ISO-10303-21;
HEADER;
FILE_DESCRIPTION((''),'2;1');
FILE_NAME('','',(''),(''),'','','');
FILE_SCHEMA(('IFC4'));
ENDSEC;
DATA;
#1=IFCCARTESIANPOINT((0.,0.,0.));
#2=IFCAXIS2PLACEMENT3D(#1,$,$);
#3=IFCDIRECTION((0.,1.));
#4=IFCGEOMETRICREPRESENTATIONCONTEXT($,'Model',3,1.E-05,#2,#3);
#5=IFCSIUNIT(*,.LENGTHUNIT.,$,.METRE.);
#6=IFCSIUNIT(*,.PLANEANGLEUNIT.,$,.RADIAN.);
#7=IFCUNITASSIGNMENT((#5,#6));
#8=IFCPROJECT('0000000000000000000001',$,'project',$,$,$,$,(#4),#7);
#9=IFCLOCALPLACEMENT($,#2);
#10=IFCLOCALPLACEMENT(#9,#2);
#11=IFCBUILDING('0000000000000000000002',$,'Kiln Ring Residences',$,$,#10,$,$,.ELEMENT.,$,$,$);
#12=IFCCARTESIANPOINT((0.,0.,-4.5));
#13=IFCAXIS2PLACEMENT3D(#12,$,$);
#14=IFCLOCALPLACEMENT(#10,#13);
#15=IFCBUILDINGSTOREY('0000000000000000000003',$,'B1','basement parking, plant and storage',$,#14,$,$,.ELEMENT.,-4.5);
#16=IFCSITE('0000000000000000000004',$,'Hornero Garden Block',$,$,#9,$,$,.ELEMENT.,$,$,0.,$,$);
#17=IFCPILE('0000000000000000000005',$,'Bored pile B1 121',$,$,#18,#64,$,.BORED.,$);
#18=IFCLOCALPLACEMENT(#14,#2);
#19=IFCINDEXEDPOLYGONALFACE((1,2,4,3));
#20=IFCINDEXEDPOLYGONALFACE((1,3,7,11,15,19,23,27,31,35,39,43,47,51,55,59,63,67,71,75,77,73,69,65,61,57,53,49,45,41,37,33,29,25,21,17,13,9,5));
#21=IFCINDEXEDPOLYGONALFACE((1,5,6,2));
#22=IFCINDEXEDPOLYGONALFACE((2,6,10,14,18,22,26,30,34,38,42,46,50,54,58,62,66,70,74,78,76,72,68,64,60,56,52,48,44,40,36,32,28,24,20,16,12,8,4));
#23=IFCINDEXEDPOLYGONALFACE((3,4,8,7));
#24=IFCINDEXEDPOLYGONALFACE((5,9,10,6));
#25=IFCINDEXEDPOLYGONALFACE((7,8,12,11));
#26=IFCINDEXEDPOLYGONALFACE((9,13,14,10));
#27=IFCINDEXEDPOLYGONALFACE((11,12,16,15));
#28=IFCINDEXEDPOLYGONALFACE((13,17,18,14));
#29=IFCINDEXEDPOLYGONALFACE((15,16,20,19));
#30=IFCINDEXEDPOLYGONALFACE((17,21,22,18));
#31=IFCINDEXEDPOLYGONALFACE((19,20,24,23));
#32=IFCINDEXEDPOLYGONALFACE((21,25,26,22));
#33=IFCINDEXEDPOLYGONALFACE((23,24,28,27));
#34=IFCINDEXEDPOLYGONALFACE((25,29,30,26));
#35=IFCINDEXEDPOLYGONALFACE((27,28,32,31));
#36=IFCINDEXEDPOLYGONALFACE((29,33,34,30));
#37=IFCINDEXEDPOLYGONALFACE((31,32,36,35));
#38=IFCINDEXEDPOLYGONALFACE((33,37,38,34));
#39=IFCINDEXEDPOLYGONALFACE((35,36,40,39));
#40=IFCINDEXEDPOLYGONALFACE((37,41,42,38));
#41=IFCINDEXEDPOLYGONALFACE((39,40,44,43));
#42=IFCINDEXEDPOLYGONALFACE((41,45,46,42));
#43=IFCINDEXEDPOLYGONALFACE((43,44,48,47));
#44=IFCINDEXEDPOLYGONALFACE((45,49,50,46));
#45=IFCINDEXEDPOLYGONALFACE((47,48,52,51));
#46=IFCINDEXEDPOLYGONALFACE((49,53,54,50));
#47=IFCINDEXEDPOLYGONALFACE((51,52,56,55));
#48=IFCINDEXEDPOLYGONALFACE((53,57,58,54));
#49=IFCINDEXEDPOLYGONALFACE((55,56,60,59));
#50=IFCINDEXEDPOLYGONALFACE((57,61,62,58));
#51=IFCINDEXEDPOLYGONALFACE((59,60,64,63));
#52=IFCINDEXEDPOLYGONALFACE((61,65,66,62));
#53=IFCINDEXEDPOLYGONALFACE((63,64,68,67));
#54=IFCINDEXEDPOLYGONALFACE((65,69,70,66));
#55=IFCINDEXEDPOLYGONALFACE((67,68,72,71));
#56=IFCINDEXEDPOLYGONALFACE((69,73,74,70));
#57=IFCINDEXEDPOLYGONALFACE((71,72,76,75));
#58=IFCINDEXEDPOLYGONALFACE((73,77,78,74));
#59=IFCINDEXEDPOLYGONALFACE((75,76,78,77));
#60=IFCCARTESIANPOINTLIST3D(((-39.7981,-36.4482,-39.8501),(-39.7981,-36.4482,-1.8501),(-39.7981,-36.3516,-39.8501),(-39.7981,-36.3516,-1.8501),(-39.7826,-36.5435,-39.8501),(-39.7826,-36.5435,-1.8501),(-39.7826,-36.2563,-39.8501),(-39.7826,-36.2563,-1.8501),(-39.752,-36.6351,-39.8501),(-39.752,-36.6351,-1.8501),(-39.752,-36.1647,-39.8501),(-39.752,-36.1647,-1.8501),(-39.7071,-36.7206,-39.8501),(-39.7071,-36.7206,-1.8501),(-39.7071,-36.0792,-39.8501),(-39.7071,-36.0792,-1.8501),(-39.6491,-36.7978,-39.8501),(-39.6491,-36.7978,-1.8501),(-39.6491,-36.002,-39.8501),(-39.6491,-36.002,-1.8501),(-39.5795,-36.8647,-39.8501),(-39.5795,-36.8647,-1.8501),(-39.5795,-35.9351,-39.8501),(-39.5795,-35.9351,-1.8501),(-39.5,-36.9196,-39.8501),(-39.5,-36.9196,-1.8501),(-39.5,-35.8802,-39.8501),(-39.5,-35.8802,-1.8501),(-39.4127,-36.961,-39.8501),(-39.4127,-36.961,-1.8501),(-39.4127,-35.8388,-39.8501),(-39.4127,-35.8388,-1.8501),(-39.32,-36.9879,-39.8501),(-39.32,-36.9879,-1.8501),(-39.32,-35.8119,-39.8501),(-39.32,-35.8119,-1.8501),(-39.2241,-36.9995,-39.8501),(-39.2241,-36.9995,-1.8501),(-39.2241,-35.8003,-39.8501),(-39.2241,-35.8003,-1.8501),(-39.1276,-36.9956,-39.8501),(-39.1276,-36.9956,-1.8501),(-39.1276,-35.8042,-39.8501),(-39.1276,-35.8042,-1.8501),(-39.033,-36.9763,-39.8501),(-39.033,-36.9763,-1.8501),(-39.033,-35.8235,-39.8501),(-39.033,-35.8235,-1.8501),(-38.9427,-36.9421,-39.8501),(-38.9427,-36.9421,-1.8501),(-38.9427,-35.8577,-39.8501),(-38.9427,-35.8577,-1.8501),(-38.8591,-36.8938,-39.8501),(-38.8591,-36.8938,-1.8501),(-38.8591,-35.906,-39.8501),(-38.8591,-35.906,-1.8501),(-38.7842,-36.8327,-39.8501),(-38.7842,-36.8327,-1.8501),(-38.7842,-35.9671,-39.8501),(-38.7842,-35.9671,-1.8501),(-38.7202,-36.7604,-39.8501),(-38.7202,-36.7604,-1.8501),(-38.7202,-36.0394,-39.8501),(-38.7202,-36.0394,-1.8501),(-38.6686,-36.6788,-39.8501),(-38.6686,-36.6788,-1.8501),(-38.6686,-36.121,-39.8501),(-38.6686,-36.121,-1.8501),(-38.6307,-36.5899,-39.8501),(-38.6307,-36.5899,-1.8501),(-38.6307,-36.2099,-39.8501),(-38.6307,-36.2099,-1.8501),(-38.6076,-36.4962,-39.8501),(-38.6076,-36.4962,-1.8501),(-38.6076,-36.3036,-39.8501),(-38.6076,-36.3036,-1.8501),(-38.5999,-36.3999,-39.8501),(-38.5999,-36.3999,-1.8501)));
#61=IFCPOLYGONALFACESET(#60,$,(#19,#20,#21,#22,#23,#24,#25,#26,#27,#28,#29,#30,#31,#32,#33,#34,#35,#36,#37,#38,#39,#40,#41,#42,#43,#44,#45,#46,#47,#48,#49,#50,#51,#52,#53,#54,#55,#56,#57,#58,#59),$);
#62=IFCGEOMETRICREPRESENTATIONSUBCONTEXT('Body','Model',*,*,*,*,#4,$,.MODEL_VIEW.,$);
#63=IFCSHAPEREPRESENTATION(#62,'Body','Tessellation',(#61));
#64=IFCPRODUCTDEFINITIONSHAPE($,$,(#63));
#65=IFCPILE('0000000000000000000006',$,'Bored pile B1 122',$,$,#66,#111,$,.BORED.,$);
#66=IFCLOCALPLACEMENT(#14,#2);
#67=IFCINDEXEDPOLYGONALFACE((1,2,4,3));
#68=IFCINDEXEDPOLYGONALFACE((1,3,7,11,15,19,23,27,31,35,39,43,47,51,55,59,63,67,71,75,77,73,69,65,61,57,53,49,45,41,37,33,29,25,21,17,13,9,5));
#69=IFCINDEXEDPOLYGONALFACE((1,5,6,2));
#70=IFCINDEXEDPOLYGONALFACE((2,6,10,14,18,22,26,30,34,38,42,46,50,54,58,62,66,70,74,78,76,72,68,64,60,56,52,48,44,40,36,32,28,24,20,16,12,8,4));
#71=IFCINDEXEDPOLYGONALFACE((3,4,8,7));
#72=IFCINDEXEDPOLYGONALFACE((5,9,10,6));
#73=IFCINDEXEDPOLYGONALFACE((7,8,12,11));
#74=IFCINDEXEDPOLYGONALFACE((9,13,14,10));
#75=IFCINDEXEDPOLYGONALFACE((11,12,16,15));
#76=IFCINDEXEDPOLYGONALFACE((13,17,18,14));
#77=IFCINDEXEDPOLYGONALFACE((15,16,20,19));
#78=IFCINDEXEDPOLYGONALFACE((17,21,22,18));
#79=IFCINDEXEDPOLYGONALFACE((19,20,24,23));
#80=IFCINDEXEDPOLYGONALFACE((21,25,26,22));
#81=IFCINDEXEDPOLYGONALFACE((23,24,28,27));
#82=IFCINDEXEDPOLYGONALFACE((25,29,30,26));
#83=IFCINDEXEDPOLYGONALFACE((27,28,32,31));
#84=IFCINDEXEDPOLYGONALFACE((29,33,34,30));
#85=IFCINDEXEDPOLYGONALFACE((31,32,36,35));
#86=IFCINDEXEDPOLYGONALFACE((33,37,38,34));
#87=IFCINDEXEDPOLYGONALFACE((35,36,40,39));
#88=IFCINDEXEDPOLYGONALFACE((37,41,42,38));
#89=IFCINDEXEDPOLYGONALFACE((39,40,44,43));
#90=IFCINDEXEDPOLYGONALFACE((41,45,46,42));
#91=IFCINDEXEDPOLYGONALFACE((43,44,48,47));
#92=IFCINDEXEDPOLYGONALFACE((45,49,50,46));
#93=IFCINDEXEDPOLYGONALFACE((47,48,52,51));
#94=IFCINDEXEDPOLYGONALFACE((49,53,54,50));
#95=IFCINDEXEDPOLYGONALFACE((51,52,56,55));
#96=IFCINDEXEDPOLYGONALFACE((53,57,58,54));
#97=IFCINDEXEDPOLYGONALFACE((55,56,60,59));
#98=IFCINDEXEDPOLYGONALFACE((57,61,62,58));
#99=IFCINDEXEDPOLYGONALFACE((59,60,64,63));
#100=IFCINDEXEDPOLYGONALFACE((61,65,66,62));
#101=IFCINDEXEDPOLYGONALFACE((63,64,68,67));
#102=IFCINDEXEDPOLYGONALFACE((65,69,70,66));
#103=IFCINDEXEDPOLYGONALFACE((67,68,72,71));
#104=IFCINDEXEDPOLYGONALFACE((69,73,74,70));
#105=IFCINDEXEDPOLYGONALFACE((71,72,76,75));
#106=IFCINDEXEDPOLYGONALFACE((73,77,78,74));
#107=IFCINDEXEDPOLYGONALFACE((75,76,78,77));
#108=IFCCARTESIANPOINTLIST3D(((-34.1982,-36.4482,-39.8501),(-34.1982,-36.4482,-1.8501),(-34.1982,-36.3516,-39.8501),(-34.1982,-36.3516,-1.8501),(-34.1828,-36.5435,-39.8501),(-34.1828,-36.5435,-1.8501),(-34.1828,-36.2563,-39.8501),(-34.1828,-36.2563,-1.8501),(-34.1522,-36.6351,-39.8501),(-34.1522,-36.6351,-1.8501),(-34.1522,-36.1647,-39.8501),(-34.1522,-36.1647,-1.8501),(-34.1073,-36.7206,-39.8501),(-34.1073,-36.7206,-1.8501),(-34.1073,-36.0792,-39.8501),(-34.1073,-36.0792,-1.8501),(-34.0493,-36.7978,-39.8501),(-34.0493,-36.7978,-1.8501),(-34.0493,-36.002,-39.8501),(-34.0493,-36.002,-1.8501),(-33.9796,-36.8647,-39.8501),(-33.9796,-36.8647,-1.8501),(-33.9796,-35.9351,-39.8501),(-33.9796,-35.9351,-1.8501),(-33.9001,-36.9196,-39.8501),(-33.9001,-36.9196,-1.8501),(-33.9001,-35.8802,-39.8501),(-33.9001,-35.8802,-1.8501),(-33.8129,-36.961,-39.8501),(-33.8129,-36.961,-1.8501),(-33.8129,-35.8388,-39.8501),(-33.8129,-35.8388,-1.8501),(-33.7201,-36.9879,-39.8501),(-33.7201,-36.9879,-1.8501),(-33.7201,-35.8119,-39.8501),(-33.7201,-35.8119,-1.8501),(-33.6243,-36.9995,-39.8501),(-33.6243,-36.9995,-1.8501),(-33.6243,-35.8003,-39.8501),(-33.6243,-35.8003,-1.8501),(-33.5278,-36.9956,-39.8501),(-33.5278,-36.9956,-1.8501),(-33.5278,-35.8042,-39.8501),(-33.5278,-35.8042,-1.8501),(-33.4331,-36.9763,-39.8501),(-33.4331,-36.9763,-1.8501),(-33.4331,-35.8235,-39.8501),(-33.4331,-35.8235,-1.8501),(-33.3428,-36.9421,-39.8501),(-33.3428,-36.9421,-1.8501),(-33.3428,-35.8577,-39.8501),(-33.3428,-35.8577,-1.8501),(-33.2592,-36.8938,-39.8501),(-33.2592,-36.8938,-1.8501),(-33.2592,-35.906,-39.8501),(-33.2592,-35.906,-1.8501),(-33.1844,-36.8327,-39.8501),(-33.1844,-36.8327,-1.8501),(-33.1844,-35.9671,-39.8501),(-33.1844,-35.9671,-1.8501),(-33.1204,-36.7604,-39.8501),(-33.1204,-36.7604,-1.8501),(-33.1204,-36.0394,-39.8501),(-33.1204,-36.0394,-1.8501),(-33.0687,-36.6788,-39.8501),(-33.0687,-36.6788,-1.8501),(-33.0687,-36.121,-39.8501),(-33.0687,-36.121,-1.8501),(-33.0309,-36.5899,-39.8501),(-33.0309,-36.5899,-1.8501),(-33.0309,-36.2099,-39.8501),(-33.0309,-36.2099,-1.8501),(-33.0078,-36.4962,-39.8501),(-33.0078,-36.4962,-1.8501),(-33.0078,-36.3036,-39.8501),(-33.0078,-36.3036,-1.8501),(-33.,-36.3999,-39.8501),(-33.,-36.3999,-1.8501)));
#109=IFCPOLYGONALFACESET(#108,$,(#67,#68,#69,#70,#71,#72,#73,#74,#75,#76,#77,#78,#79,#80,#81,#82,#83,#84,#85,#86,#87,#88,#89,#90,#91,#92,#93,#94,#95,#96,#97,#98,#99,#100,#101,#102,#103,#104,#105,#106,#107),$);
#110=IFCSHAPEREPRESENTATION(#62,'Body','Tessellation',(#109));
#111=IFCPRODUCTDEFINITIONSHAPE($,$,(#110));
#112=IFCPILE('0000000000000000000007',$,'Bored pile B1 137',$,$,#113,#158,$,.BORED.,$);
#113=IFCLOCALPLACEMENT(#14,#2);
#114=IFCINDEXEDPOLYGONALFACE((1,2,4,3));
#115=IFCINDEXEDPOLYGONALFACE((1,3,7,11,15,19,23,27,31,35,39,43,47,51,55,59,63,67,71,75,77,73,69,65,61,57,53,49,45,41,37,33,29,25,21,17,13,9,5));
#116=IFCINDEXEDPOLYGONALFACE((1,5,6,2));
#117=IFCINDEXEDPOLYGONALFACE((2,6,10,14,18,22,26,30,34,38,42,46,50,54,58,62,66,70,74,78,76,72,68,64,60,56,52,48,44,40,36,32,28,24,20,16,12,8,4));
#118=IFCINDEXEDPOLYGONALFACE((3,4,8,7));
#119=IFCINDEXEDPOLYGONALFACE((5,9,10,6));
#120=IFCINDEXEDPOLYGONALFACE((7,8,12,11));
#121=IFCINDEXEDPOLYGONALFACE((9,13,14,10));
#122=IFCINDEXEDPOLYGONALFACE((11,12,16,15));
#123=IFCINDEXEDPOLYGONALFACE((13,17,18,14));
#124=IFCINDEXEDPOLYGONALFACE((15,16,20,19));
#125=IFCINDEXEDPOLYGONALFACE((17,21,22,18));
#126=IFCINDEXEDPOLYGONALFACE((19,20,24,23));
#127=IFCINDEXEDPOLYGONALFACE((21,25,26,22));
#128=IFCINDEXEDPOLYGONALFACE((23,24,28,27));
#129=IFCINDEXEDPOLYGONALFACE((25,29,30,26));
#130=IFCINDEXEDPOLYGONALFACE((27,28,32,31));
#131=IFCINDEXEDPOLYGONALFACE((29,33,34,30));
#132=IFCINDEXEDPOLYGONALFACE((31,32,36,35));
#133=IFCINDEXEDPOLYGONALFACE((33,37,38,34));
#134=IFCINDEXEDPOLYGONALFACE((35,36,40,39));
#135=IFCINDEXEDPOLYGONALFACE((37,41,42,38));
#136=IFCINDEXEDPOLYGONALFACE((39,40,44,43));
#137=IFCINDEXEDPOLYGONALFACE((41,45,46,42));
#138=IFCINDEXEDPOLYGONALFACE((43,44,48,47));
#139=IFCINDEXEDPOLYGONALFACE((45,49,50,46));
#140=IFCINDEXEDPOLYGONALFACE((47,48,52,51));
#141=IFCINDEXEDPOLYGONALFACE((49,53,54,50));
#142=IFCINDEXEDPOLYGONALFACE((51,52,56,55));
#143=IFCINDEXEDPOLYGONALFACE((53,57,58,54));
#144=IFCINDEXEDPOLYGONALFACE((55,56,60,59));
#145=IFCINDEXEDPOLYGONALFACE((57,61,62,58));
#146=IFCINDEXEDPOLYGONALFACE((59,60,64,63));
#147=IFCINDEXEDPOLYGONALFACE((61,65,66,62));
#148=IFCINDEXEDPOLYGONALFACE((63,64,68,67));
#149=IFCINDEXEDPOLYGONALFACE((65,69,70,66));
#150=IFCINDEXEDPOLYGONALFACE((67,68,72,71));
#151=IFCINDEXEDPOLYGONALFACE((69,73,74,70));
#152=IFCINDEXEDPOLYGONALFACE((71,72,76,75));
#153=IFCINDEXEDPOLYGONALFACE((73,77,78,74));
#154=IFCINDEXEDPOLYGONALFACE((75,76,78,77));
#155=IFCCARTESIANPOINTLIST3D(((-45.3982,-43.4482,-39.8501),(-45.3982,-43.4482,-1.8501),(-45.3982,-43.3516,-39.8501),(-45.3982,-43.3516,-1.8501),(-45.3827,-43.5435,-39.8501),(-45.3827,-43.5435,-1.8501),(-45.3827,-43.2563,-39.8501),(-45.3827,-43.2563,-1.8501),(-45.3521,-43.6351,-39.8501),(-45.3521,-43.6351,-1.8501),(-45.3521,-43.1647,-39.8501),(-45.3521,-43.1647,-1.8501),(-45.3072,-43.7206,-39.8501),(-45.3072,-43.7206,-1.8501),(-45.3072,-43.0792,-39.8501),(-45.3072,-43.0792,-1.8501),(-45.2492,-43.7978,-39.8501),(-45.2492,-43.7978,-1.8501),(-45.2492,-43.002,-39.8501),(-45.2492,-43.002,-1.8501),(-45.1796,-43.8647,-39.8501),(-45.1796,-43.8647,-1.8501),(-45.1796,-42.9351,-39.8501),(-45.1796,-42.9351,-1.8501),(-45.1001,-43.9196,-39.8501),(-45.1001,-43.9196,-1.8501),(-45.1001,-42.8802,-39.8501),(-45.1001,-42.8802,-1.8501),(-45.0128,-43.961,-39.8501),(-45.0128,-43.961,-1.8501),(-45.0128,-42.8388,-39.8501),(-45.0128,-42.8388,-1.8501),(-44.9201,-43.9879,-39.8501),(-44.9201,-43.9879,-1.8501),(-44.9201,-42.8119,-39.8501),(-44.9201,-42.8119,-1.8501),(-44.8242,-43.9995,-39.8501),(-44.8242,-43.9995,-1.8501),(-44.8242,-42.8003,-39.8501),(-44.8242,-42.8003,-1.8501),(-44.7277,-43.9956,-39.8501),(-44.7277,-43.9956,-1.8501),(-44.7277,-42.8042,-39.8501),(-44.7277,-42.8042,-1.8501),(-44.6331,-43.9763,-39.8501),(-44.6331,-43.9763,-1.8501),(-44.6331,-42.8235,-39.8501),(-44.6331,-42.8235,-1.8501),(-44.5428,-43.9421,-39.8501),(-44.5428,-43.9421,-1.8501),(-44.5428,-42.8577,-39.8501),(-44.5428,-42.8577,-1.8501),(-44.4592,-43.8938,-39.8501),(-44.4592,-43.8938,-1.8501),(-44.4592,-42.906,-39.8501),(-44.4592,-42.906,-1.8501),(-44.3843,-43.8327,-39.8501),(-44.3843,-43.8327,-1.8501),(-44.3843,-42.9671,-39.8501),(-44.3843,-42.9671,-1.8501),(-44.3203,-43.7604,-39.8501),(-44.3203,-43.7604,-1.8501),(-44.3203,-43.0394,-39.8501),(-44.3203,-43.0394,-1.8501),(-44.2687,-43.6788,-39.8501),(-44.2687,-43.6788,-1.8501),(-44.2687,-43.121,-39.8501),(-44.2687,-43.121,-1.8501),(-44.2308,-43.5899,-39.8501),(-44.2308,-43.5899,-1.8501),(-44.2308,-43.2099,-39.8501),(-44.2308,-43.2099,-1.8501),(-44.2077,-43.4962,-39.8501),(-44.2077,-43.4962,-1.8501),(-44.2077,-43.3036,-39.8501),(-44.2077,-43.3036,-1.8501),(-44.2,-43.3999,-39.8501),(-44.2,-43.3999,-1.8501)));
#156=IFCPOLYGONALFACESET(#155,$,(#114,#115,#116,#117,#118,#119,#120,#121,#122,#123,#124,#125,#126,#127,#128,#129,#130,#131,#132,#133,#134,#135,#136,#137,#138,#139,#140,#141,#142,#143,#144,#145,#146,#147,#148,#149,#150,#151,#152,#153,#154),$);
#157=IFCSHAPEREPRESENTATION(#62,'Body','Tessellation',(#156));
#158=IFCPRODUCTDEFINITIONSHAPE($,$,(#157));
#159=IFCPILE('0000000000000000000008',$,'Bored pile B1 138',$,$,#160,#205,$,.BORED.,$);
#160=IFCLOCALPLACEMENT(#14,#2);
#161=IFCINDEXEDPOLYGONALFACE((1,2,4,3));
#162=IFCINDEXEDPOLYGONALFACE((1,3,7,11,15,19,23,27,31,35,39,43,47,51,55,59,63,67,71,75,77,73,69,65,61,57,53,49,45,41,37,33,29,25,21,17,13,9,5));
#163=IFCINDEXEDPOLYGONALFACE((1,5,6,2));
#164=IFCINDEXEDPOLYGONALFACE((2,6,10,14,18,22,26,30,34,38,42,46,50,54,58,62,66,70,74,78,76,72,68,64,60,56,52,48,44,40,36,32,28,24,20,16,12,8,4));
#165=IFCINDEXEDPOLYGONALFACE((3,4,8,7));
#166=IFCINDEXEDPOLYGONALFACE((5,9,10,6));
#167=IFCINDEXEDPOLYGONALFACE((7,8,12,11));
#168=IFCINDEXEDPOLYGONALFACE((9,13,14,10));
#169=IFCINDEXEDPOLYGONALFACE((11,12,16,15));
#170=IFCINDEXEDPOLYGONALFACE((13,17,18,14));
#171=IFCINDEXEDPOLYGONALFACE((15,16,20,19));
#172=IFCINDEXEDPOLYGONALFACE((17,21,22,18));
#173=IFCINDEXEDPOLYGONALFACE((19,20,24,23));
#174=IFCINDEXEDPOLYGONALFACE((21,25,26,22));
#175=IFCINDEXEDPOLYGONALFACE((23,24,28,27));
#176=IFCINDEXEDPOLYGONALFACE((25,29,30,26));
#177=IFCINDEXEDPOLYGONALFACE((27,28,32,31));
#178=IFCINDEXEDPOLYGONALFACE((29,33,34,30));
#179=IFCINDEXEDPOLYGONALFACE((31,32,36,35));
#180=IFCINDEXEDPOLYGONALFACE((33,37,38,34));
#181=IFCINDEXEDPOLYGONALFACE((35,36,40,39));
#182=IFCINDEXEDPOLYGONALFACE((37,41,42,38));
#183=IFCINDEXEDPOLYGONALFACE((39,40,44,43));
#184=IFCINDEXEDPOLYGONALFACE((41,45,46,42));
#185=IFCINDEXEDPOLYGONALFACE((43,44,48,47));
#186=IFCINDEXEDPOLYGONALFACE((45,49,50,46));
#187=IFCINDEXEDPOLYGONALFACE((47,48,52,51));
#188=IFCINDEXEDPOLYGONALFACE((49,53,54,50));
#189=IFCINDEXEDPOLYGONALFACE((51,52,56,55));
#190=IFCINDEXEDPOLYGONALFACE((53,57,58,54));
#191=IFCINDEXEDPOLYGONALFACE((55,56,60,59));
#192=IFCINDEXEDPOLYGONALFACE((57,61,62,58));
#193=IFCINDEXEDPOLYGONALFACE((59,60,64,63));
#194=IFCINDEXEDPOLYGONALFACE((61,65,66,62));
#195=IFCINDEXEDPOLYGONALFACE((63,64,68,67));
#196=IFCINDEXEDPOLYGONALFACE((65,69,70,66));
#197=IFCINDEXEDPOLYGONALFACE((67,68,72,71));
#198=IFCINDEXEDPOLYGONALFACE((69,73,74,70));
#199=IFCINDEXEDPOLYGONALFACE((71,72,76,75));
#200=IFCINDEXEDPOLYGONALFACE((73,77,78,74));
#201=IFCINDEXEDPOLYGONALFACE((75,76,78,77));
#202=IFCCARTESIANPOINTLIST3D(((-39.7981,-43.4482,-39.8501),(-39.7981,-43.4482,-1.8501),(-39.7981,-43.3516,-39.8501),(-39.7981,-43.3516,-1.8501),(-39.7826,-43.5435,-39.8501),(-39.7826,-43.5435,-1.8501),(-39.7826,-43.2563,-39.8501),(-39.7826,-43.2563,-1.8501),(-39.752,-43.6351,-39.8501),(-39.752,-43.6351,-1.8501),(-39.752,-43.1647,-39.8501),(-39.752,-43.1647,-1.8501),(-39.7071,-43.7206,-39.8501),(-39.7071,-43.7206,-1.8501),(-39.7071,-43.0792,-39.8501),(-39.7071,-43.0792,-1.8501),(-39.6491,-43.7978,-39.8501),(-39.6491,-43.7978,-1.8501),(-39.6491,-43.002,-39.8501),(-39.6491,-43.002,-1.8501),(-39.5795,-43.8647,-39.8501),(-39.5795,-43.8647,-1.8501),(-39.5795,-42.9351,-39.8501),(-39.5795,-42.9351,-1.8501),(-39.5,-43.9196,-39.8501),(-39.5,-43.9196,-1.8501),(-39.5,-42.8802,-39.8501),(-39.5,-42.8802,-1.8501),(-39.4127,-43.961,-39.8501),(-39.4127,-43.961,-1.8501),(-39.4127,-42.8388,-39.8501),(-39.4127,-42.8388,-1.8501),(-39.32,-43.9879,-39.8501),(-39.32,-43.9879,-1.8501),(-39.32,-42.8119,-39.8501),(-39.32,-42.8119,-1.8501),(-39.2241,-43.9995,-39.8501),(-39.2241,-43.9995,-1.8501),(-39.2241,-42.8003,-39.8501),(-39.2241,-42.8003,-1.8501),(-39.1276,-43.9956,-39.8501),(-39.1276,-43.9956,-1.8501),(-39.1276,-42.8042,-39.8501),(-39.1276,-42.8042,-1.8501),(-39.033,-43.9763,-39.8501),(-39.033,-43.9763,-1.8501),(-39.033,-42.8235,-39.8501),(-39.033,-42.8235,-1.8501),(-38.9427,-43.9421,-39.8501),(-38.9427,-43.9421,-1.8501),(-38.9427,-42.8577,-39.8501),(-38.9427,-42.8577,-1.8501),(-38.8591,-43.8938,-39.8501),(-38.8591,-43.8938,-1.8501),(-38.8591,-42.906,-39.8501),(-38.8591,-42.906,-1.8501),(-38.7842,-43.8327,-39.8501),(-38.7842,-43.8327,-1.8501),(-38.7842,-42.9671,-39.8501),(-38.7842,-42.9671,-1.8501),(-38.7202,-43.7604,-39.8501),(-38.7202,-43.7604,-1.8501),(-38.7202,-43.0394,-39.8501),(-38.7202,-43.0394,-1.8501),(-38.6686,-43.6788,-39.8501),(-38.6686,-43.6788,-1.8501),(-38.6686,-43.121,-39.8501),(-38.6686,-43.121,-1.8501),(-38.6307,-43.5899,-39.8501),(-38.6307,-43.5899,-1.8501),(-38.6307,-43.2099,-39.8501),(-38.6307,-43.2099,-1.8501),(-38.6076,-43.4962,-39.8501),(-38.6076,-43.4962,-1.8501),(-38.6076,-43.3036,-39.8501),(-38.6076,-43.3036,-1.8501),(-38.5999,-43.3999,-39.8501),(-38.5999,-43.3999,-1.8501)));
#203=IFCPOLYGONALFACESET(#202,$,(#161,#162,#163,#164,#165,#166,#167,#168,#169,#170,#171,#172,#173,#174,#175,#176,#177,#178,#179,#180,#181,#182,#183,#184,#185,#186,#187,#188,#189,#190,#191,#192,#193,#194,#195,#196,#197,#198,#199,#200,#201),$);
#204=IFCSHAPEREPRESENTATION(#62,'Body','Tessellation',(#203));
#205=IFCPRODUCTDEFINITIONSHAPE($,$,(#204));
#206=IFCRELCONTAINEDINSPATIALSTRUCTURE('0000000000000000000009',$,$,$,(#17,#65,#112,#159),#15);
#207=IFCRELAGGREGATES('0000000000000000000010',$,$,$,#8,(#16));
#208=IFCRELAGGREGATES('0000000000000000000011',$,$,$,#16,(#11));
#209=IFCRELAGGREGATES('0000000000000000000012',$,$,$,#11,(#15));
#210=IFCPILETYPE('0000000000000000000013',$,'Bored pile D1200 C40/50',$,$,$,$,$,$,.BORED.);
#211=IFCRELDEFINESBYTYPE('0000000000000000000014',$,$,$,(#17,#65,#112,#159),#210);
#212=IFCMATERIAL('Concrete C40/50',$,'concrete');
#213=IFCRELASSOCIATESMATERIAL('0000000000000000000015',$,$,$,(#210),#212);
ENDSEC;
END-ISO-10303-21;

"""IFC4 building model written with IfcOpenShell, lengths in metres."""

from ifc_helpers import new_model, si_unit, direction, frame, origin, origin_2d, place, context, subcontext, project, spatial, circle, extrude, material, material_profile, profile_set, type_object, element, save


model = new_model("IFC4")

# Units and contexts
model_context = context("Model", 3, precision=1e-05, world=origin(), true_north=direction((0.0, 1.0)))
body_context = subcontext(model_context, "Body", "Model", "MODEL_VIEW")
ifc_project = project(units=[si_unit("LENGTHUNIT", "METRE"), si_unit("PLANEANGLEUNIT", "RADIAN")], contexts=[model_context])

# Site, building, storey
site_placement = place(None, origin())
site = spatial("IfcSite", under=ifc_project, at=site_placement, Name="Hornero Garden Block", CompositionType="ELEMENT", RefElevation=0.0)
building_placement = place(site_placement, origin())
building = spatial("IfcBuilding", under=site, at=building_placement, Name="Kiln Ring Residences", CompositionType="ELEMENT")
storey_placement = place(building_placement, frame((0.0, 0.0, -4.5)))
storey = spatial("IfcBuildingStorey", under=building, at=storey_placement, Name="B1", Description="basement parking, plant and storage", CompositionType="ELEMENT", Elevation=-4.5)

# Piles
ifc_material_1 = material(Name="Concrete C40/50", Category="concrete")
ifc_material_profile_1 = material_profile(ifc_material_1, circle(Radius=0.6001, at=origin_2d()), Name="BORED1200")
ifc_profile_set_1 = profile_set([ifc_material_profile_1], Name="Concrete C40/50")
pile_type = type_object("IfcPileType", Name="Bored pile D1200 C40/50", PredefinedType="BORED", material=ifc_profile_set_1)
for number, where, z_axis, x_axis, name in (
    (1, (-39.2, -36.3999, -1.8501), (0.0, 0.0, -1.0), (1.0, 0.0, 0.0), "Bored pile B1 121"),
    (2, (-33.6001, -36.3999, -1.8501), (0.0, 0.0, -1.0), (1.0, 0.0, 0.0), "Bored pile B1 122"),
    (3, (-44.8, -43.3999, -1.8501), (0.0, 0.0, -1.0), (1.0, 0.0, 0.0), "Bored pile B1 137"),
    (4, (-39.2, -43.3999, -1.8501), (0.0, 0.0, -1.0), (1.0, 0.0, 0.0), "Bored pile B1 138"),
):
    element("IfcPile", number, at=place(storey_placement, frame(where, z_axis=z_axis, x_axis=x_axis)), inside=storey, type_object=pile_type, Name=name, PredefinedType="BORED", context=body_context, shape_type="SweptSolid", body=[
        extrude(circle(Radius=0.6001, at=origin_2d()), origin(), (0.0, 0.0, 1.0), 38.0),
    ])

save(model, "model.ifc")
